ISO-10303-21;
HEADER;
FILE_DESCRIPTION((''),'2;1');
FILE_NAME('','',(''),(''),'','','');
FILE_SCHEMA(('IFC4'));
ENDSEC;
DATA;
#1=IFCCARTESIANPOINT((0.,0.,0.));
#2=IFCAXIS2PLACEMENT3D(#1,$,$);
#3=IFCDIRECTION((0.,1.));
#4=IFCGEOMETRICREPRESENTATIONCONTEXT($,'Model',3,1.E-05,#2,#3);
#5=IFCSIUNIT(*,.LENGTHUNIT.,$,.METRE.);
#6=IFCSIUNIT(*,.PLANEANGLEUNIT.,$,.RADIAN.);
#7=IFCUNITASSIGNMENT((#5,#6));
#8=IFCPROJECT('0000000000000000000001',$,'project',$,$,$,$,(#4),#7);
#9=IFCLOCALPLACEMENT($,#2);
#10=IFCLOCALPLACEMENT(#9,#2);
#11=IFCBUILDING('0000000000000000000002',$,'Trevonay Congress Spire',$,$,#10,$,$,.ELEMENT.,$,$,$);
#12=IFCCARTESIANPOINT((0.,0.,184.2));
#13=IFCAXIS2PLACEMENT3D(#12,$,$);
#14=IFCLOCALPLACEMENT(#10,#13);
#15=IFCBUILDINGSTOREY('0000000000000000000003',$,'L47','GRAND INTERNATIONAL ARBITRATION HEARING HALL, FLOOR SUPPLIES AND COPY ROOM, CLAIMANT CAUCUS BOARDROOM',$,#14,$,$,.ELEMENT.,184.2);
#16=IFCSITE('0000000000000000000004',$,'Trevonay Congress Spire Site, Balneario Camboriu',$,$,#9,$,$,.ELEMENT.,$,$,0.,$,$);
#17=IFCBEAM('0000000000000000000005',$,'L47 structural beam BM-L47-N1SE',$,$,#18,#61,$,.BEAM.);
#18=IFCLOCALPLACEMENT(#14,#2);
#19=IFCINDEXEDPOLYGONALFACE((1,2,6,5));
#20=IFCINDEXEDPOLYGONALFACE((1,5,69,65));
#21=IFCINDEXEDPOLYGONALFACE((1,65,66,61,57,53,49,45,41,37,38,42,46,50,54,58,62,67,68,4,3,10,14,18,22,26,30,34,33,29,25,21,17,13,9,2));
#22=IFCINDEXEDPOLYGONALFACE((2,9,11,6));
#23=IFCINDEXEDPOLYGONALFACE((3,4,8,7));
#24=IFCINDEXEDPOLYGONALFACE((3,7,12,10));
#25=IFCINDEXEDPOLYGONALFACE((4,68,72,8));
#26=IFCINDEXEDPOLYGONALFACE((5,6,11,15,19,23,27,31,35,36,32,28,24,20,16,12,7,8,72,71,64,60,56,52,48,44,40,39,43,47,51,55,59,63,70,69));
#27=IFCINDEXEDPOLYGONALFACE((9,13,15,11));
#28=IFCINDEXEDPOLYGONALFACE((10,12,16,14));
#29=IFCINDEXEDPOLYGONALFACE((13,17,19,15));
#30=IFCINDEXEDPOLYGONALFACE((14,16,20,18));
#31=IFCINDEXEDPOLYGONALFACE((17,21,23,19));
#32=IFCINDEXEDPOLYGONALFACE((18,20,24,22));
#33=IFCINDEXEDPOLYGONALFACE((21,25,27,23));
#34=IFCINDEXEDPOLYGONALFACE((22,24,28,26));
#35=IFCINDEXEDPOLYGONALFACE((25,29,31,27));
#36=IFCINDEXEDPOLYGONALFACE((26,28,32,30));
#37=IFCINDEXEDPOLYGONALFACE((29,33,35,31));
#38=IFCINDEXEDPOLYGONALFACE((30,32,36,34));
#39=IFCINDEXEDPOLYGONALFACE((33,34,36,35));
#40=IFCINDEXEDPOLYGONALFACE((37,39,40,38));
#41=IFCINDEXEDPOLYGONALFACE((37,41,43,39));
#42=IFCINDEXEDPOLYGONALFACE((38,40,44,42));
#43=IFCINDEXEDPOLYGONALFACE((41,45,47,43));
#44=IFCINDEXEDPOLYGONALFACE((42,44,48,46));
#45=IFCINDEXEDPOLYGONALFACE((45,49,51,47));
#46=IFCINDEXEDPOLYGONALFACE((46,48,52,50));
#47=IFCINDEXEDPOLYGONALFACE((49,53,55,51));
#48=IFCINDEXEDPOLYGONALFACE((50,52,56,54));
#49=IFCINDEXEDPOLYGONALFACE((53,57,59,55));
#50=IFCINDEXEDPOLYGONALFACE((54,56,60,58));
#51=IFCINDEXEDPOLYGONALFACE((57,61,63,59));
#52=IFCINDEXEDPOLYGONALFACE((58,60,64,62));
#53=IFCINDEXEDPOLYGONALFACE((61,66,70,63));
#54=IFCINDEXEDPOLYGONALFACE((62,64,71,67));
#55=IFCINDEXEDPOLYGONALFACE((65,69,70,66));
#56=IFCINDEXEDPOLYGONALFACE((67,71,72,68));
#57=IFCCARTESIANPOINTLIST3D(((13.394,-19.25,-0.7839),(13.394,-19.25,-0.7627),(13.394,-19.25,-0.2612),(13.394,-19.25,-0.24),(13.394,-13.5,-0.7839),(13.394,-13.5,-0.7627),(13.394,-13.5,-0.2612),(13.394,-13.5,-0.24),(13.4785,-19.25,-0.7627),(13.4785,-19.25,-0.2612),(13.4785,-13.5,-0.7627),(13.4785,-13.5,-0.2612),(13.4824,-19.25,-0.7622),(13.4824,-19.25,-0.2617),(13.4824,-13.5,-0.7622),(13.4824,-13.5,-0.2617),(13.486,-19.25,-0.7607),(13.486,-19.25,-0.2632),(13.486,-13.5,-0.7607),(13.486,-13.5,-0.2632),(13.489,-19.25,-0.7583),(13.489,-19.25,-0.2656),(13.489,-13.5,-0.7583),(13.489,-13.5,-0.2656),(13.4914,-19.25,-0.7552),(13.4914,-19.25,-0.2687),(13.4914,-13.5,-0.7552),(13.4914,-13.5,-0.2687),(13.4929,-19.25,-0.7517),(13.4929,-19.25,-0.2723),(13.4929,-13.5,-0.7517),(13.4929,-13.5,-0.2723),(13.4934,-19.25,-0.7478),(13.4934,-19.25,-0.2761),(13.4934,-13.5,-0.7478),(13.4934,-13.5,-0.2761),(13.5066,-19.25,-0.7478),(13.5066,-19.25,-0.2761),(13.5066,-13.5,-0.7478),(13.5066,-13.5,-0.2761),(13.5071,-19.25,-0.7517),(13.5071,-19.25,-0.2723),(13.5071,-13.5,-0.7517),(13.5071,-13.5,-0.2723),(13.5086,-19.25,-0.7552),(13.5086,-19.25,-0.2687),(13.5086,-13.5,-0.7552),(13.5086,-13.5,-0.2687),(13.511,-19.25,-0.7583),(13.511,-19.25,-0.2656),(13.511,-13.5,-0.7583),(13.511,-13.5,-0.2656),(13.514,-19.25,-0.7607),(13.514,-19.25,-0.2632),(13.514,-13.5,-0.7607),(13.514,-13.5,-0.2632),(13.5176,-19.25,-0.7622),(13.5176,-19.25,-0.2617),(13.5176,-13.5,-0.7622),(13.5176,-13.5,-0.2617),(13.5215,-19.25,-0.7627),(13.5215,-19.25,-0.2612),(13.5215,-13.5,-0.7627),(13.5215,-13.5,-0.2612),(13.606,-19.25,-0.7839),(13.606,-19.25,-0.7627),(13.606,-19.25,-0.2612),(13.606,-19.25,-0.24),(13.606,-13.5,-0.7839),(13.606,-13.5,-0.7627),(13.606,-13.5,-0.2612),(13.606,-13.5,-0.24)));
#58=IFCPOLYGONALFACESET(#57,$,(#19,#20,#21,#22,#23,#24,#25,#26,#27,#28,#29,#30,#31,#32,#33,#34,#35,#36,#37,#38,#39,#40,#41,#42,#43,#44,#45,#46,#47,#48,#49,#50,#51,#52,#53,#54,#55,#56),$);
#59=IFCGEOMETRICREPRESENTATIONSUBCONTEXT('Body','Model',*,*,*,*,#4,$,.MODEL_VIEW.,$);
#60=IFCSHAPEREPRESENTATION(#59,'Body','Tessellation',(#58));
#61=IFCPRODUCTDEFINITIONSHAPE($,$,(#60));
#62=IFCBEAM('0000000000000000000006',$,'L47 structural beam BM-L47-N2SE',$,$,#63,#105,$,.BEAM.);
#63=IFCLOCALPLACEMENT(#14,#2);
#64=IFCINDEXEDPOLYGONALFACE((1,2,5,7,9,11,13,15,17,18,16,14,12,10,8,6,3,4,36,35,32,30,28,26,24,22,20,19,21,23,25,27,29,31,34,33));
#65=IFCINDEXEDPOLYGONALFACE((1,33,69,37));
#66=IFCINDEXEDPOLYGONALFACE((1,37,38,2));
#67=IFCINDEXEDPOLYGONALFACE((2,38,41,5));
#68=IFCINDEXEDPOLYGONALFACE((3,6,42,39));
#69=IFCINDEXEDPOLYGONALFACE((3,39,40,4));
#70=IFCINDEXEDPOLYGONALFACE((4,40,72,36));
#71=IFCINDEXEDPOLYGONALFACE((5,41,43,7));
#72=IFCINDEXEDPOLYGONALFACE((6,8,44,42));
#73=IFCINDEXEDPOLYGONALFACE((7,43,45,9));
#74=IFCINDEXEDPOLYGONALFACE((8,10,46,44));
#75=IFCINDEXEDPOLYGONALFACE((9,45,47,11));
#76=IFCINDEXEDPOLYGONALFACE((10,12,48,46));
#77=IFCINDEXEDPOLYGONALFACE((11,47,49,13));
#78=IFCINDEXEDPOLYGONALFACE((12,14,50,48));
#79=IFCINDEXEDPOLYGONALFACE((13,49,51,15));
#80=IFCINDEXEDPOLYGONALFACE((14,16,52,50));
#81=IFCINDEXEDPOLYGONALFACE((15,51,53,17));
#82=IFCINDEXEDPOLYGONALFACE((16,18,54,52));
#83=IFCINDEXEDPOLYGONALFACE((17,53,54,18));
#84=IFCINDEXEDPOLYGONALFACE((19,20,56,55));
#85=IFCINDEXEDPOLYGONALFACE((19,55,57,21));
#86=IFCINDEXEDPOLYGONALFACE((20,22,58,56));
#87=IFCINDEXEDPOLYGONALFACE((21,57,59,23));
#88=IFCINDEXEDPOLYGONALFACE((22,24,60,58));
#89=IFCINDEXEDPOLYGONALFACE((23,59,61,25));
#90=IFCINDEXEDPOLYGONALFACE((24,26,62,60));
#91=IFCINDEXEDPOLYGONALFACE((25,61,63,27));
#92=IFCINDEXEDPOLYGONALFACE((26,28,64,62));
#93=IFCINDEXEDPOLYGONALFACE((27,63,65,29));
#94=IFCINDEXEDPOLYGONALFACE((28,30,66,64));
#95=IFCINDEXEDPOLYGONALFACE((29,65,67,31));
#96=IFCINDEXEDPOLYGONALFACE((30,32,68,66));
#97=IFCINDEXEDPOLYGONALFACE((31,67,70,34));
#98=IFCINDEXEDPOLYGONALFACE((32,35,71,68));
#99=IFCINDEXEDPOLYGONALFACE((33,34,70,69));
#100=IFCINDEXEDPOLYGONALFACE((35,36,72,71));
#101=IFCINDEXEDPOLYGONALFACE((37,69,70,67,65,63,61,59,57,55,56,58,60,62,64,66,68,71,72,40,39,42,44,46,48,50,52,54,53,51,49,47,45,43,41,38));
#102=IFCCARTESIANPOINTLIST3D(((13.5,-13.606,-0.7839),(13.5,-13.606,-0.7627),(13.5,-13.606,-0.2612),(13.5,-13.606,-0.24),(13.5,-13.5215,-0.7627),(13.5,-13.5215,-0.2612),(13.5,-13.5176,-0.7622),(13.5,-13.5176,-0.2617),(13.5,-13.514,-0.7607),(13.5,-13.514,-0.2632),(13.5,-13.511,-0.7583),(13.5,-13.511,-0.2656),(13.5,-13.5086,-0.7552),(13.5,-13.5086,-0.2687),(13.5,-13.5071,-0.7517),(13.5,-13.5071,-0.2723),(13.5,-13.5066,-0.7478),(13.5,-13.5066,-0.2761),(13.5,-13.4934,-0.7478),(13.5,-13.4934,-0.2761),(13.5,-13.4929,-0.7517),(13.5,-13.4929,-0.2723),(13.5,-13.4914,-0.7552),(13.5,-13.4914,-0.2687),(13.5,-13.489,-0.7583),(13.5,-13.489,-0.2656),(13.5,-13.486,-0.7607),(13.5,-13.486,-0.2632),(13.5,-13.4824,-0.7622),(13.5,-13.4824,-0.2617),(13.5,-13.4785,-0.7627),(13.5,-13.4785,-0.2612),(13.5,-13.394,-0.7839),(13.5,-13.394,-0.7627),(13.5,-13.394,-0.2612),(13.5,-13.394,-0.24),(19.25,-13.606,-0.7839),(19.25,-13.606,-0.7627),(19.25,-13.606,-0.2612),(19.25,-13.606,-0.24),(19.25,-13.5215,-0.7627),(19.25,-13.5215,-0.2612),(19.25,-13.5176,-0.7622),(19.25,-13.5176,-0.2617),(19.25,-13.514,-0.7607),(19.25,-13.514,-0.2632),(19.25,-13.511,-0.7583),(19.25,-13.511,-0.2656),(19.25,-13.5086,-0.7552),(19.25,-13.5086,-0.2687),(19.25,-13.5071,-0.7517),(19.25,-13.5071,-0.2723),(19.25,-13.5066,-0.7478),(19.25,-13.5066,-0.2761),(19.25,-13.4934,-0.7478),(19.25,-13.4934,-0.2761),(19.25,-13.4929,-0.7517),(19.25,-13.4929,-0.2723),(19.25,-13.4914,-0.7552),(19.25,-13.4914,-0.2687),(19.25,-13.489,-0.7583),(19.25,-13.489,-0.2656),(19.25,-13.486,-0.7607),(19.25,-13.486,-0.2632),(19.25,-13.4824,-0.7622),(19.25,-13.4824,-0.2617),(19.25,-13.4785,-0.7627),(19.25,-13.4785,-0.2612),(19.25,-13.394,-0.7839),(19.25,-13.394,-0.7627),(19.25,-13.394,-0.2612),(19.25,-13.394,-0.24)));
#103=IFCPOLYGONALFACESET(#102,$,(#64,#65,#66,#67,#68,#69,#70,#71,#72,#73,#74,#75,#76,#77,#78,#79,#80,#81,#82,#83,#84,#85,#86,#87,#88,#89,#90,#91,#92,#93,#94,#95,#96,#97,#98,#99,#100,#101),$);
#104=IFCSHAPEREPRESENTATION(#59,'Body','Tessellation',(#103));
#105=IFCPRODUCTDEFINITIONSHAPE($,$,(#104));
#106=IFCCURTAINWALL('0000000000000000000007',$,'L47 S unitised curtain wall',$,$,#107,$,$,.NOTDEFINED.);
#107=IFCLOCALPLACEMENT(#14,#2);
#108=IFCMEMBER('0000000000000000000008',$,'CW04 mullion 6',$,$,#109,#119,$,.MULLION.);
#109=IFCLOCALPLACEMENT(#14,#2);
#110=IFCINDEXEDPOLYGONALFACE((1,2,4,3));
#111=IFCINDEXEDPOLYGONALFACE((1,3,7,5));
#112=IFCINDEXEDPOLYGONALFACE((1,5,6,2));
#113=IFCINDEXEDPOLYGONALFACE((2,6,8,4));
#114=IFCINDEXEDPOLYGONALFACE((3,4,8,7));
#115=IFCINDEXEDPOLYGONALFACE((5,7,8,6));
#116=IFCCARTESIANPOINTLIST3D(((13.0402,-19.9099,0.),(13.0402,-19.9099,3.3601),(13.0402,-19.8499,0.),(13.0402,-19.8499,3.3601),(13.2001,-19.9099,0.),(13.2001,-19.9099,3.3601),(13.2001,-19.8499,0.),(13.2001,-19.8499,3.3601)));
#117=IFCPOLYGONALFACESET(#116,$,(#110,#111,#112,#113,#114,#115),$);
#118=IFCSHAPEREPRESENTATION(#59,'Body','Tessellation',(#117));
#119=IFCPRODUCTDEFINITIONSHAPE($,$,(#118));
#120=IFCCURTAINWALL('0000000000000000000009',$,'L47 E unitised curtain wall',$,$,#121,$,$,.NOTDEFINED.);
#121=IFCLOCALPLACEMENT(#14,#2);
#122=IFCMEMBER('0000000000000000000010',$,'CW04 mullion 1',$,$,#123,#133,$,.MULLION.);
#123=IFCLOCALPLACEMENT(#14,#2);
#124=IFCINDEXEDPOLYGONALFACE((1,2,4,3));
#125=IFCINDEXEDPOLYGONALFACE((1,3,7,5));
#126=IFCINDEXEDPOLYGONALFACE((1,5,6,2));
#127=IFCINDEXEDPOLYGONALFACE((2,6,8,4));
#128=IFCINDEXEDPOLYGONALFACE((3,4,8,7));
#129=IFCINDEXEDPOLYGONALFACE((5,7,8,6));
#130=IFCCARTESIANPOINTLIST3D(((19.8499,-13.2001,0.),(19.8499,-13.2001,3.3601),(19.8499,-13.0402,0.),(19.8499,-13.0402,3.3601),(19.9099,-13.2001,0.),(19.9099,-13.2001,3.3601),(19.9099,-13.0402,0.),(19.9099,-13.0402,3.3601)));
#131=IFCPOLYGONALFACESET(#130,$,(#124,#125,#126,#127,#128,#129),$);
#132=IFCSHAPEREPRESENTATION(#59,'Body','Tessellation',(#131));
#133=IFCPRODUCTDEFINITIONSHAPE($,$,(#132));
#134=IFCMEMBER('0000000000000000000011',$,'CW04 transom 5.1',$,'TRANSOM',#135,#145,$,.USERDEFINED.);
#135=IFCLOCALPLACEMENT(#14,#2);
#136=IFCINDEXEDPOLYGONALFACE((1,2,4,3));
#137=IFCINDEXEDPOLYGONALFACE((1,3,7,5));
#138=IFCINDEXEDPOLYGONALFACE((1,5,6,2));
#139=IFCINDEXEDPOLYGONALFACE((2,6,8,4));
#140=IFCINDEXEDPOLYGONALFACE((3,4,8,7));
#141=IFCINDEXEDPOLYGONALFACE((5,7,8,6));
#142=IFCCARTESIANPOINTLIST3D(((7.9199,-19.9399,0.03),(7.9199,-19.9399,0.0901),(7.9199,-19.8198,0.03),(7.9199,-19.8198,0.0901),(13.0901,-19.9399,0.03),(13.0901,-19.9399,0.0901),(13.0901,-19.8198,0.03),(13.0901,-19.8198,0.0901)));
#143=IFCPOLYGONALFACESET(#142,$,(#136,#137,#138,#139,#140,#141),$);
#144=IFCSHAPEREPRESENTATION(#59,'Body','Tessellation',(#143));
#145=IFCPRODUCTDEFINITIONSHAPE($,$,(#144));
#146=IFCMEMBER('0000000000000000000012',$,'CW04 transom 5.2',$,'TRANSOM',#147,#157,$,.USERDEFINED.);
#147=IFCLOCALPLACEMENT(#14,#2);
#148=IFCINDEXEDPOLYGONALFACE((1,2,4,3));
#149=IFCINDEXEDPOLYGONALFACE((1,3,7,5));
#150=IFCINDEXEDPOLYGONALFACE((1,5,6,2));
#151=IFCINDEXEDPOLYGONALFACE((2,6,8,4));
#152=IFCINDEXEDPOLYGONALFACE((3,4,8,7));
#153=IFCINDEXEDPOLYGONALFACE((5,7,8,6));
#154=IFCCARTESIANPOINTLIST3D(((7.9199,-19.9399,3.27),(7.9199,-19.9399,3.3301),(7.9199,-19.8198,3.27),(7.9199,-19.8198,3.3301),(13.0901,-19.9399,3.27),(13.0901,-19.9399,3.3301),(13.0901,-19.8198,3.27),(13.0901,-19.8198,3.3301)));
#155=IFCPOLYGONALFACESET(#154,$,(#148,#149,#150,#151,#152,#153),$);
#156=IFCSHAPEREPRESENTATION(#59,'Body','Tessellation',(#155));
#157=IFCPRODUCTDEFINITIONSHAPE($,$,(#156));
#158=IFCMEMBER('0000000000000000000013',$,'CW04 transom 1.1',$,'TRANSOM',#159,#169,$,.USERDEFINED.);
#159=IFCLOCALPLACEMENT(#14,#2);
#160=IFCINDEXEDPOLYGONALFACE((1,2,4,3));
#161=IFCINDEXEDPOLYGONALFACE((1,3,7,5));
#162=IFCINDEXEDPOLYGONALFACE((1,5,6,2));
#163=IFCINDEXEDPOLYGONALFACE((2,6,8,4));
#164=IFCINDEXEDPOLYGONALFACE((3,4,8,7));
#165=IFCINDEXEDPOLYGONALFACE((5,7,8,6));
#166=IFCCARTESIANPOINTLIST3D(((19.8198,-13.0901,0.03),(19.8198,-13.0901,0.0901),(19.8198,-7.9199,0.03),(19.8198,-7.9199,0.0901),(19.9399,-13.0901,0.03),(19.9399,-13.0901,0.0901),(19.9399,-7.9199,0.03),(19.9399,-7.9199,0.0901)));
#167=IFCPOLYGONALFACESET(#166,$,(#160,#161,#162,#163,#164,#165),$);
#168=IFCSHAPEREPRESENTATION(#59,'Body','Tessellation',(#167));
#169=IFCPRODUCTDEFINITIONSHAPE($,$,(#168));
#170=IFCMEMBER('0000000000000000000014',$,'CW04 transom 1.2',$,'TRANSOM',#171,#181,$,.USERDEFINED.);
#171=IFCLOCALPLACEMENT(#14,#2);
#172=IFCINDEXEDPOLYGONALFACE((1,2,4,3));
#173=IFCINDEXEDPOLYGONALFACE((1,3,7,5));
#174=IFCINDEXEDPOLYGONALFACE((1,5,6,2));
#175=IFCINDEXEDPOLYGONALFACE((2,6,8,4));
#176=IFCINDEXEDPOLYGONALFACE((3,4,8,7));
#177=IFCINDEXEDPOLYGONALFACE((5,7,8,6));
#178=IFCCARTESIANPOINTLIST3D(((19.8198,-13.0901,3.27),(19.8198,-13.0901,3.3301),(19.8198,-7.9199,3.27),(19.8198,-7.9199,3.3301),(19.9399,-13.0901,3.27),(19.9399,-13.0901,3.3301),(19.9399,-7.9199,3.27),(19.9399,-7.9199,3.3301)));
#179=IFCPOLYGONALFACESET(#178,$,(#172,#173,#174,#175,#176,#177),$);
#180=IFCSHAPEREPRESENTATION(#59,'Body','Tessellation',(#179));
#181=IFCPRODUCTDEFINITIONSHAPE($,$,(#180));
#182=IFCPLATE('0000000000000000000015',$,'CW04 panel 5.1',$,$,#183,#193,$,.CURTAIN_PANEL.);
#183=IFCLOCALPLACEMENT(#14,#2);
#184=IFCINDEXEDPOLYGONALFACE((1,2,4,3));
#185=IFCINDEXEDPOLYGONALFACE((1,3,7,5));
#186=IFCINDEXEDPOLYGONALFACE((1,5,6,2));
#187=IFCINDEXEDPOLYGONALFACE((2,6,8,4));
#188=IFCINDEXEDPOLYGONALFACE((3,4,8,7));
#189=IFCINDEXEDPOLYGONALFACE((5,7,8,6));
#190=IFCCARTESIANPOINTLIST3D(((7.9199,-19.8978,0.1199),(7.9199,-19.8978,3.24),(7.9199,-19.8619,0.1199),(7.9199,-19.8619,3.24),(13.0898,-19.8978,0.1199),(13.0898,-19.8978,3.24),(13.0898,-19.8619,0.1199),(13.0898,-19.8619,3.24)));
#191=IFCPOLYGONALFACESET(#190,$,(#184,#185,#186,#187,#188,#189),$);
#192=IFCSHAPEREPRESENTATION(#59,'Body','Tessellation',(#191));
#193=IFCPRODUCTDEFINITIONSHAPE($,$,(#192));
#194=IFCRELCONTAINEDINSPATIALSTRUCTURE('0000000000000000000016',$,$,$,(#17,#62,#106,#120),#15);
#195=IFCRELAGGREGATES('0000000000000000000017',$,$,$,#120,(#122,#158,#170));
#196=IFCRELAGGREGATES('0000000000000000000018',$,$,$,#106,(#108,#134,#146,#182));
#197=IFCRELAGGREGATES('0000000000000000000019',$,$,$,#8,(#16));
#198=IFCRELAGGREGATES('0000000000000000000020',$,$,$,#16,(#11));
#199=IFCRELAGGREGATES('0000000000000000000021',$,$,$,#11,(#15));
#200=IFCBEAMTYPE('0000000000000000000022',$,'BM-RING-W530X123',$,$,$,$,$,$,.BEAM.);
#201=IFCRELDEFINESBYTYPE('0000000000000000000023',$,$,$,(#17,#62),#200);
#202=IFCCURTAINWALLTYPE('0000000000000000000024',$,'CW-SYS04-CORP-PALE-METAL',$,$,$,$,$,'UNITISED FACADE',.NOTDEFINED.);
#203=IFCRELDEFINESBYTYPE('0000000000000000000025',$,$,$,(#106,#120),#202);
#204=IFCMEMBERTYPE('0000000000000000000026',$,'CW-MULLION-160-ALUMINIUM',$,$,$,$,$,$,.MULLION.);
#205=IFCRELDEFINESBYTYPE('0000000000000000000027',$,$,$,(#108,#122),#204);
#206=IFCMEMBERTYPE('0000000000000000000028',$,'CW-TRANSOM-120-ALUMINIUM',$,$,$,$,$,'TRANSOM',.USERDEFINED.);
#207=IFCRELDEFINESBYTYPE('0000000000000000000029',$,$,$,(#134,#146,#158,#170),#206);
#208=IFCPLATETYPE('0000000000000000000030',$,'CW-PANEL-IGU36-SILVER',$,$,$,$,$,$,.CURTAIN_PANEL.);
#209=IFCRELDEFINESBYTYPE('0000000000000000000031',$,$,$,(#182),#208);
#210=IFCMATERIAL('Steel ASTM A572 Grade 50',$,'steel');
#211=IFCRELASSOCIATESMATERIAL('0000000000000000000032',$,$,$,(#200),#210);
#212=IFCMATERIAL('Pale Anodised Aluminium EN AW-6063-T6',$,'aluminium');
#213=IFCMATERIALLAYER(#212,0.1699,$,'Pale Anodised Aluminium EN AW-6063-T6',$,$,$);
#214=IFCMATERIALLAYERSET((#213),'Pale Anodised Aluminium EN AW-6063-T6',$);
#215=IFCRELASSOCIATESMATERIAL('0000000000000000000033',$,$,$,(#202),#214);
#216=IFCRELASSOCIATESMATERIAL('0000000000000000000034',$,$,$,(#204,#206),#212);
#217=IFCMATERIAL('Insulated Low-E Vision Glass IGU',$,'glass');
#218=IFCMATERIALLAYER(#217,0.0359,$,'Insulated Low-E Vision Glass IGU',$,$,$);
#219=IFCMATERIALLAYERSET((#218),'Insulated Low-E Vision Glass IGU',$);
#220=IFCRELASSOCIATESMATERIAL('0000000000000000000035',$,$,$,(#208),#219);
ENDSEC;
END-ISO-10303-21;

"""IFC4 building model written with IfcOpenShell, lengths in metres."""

from ifc_helpers import new_model, si_unit, direction, frame, origin, origin_2d, place, context, subcontext, project, spatial, rectangle, i_section, extrude, material, layer, layer_set, material_profile, profile_set, type_object, element, aggregate, save


model = new_model("IFC4")

# Units and contexts
model_context = context("Model", 3, precision=1e-05, world=origin(), true_north=direction((0.0, 1.0)))
body_context = subcontext(model_context, "Body", "Model", "MODEL_VIEW")
ifc_project = project(units=[si_unit("LENGTHUNIT", "METRE"), si_unit("PLANEANGLEUNIT", "RADIAN")], contexts=[model_context])

# Site, building, storey
site_placement = place(None, origin())
site = spatial("IfcSite", under=ifc_project, at=site_placement, Name="Trevonay Congress Spire Site, Balneario Camboriu", CompositionType="ELEMENT", RefElevation=0.0)
building_placement = place(site_placement, origin())
building = spatial("IfcBuilding", under=site, at=building_placement, Name="Trevonay Congress Spire", CompositionType="ELEMENT")
storey_placement = place(building_placement, frame((0.0, 0.0, 184.2)))
storey = spatial("IfcBuildingStorey", under=building, at=storey_placement, Name="L47", Description="GRAND INTERNATIONAL ARBITRATION HEARING HALL, FLOOR SUPPLIES AND COPY ROOM, CLAIMANT CAUCUS BOARDROOM", CompositionType="ELEMENT", Elevation=184.2)

# Shared definitions
ifc_material_1 = material(Name="Steel ASTM A572 Grade 50", Category="steel")

# Beams
ifc_material_profile_1 = material_profile(ifc_material_1, i_section(OverallWidth=0.2119, OverallDepth=0.5439, WebThickness=0.0132, FlangeThickness=0.0212, FilletRadius=0.0149, at=origin_2d()), Name="W530x123")
ifc_profile_set_1 = profile_set([ifc_material_profile_1], Name="Steel ASTM A572 Grade 50")
beam_type = type_object("IfcBeamType", Name="BM-RING-W530X123", PredefinedType="BEAM", material=ifc_profile_set_1)
for number, where, z_axis, x_axis, name in (
    (1, (13.5, -19.25, -0.512), (0.0, 1.0, 0.0), (-1.0, 0.0, 0.0), "L47 structural beam BM-L47-N1SE"),
    (2, (19.25, -13.5, -0.512), (-1.0, 0.0, 0.0), (0.0, -1.0, 0.0), "L47 structural beam BM-L47-N2SE"),
):
    element("IfcBeam", number, at=place(storey_placement, frame(where, z_axis=z_axis, x_axis=x_axis)), inside=storey, type_object=beam_type, Name=name, PredefinedType="BEAM", context=body_context, shape_type="SweptSolid", body=[
        extrude(i_section(OverallWidth=0.2119, OverallDepth=0.5439, WebThickness=0.0132, FlangeThickness=0.0212, FilletRadius=0.0149, at=origin_2d()), origin(), (0.0, 0.0, 1.0), 5.75),
    ])

# Curtain walls, members
ifc_material_2 = material(Name="Pale Anodised Aluminium EN AW-6063-T6", Category="aluminium")
ifc_layer_1 = layer(ifc_material_2, 0.1699, Name="Pale Anodised Aluminium EN AW-6063-T6")
ifc_layer_set_1 = layer_set([ifc_layer_1], Name="Pale Anodised Aluminium EN AW-6063-T6")
curtain_wall_type = type_object("IfcCurtainWallType", Name="CW-SYS04-CORP-PALE-METAL", ElementType="UNITISED FACADE", PredefinedType="NOTDEFINED", material=ifc_layer_set_1)
curtain_wall_1_placement = place(storey_placement, origin())
curtain_wall_1 = element("IfcCurtainWall", 3, at=curtain_wall_1_placement, inside=storey, type_object=curtain_wall_type, Name="L47 S unitised curtain wall", PredefinedType="NOTDEFINED")
ifc_material_profile_2 = material_profile(ifc_material_2, rectangle(XDim=0.0601, YDim=0.1599, at=origin_2d()), Name="CW-MULLION-160-ALUMINIUM")
ifc_profile_set_2 = profile_set([ifc_material_profile_2], Name="Pale Anodised Aluminium EN AW-6063-T6")
member_type_1 = type_object("IfcMemberType", Name="CW-MULLION-160-ALUMINIUM", PredefinedType="MULLION", material=ifc_profile_set_2)
member_1_placement = place(storey_placement, frame((13.1201, -19.8799, 0.0), z_axis=(0.0, 0.0, 1.0), x_axis=(0.0, 1.0, 0.0)))
member_1 = element("IfcMember", 4, at=member_1_placement, type_object=member_type_1, Name="CW04 mullion 6", PredefinedType="MULLION", context=body_context, shape_type="SweptSolid", body=[
    extrude(rectangle(XDim=0.0601, YDim=0.1599, at=origin_2d()), origin(), (0.0, 0.0, 1.0), 3.3601),
])
curtain_wall_2_placement = place(storey_placement, origin())
curtain_wall_2 = element("IfcCurtainWall", 5, at=curtain_wall_2_placement, inside=storey, type_object=curtain_wall_type, Name="L47 E unitised curtain wall", PredefinedType="NOTDEFINED")
member_2_placement = place(storey_placement, frame((19.8799, -13.1201, 0.0), z_axis=(0.0, 0.0, 1.0), x_axis=(-1.0, 0.0, 0.0)))
member_2 = element("IfcMember", 6, at=member_2_placement, type_object=member_type_1, Name="CW04 mullion 1", PredefinedType="MULLION", context=body_context, shape_type="SweptSolid", body=[
    extrude(rectangle(XDim=0.0601, YDim=0.1599, at=origin_2d()), origin(), (0.0, 0.0, 1.0), 3.3601),
])

# Members
ifc_material_profile_3 = material_profile(ifc_material_2, rectangle(XDim=0.1201, YDim=0.0601, at=origin_2d()), Name="CW-TRANSOM-120-ALUMINIUM")
ifc_profile_set_3 = profile_set([ifc_material_profile_3], Name="Pale Anodised Aluminium EN AW-6063-T6")
member_type_2 = type_object("IfcMemberType", Name="CW-TRANSOM-120-ALUMINIUM", ElementType="TRANSOM", PredefinedType="USERDEFINED", material=ifc_profile_set_3)
member_3_placement = place(storey_placement, frame((7.9199, -19.8799, 0.0601), z_axis=(1.0, 0.0, 0.0), x_axis=(0.0, 1.0, 0.0)))
member_3 = element("IfcMember", 7, at=member_3_placement, type_object=member_type_2, Name="CW04 transom 5.1", ObjectType="TRANSOM", PredefinedType="USERDEFINED", context=body_context, shape_type="SweptSolid", body=[
    extrude(rectangle(XDim=0.1201, YDim=0.0601, at=origin_2d()), origin(), (0.0, 0.0, 1.0), 5.1702),
])
member_4_placement = place(storey_placement, frame((7.9199, -19.8799, 3.3), z_axis=(1.0, 0.0, 0.0), x_axis=(0.0, 1.0, 0.0)))
member_4 = element("IfcMember", 8, at=member_4_placement, type_object=member_type_2, Name="CW04 transom 5.2", ObjectType="TRANSOM", PredefinedType="USERDEFINED", context=body_context, shape_type="SweptSolid", body=[
    extrude(rectangle(XDim=0.1201, YDim=0.0601, at=origin_2d()), origin(), (0.0, 0.0, 1.0), 5.1702),
])
member_5_placement = place(storey_placement, frame((19.8799, -13.0901, 0.0601), z_axis=(0.0, 1.0, 0.0), x_axis=(-1.0, 0.0, 0.0)))
member_5 = element("IfcMember", 9, at=member_5_placement, type_object=member_type_2, Name="CW04 transom 1.1", ObjectType="TRANSOM", PredefinedType="USERDEFINED", context=body_context, shape_type="SweptSolid", body=[
    extrude(rectangle(XDim=0.1201, YDim=0.0601, at=origin_2d()), origin(), (0.0, 0.0, 1.0), 5.1702),
])
member_6_placement = place(storey_placement, frame((19.8799, -13.0901, 3.3), z_axis=(0.0, 1.0, 0.0), x_axis=(-1.0, 0.0, 0.0)))
member_6 = element("IfcMember", 10, at=member_6_placement, type_object=member_type_2, Name="CW04 transom 1.2", ObjectType="TRANSOM", PredefinedType="USERDEFINED", context=body_context, shape_type="SweptSolid", body=[
    extrude(rectangle(XDim=0.1201, YDim=0.0601, at=origin_2d()), origin(), (0.0, 0.0, 1.0), 5.1702),
])
aggregate(curtain_wall_2, [member_2, member_5, member_6])

# Plate
ifc_material_3 = material(Name="Insulated Low-E Vision Glass IGU", Category="glass")
ifc_layer_2 = layer(ifc_material_3, 0.0359, Name="Insulated Low-E Vision Glass IGU")
ifc_layer_set_2 = layer_set([ifc_layer_2], Name="Insulated Low-E Vision Glass IGU")
plate_type = type_object("IfcPlateType", Name="CW-PANEL-IGU36-SILVER", PredefinedType="CURTAIN_PANEL", material=ifc_layer_set_2)
plate_placement = place(storey_placement, frame((10.5049, -19.8799, 0.1199), z_axis=(0.0, 0.0, 1.0), x_axis=(1.0, 0.0, 0.0)))
plate = element("IfcPlate", 11, at=plate_placement, type_object=plate_type, Name="CW04 panel 5.1", PredefinedType="CURTAIN_PANEL", context=body_context, shape_type="SweptSolid", body=[
    extrude(rectangle(XDim=5.1699, YDim=0.0359, at=origin_2d()), origin(), (0.0, 0.0, 1.0), 3.1201),
])
aggregate(curtain_wall_1, [member_1, member_3, member_4, plate])

save(model, "model.ifc")
